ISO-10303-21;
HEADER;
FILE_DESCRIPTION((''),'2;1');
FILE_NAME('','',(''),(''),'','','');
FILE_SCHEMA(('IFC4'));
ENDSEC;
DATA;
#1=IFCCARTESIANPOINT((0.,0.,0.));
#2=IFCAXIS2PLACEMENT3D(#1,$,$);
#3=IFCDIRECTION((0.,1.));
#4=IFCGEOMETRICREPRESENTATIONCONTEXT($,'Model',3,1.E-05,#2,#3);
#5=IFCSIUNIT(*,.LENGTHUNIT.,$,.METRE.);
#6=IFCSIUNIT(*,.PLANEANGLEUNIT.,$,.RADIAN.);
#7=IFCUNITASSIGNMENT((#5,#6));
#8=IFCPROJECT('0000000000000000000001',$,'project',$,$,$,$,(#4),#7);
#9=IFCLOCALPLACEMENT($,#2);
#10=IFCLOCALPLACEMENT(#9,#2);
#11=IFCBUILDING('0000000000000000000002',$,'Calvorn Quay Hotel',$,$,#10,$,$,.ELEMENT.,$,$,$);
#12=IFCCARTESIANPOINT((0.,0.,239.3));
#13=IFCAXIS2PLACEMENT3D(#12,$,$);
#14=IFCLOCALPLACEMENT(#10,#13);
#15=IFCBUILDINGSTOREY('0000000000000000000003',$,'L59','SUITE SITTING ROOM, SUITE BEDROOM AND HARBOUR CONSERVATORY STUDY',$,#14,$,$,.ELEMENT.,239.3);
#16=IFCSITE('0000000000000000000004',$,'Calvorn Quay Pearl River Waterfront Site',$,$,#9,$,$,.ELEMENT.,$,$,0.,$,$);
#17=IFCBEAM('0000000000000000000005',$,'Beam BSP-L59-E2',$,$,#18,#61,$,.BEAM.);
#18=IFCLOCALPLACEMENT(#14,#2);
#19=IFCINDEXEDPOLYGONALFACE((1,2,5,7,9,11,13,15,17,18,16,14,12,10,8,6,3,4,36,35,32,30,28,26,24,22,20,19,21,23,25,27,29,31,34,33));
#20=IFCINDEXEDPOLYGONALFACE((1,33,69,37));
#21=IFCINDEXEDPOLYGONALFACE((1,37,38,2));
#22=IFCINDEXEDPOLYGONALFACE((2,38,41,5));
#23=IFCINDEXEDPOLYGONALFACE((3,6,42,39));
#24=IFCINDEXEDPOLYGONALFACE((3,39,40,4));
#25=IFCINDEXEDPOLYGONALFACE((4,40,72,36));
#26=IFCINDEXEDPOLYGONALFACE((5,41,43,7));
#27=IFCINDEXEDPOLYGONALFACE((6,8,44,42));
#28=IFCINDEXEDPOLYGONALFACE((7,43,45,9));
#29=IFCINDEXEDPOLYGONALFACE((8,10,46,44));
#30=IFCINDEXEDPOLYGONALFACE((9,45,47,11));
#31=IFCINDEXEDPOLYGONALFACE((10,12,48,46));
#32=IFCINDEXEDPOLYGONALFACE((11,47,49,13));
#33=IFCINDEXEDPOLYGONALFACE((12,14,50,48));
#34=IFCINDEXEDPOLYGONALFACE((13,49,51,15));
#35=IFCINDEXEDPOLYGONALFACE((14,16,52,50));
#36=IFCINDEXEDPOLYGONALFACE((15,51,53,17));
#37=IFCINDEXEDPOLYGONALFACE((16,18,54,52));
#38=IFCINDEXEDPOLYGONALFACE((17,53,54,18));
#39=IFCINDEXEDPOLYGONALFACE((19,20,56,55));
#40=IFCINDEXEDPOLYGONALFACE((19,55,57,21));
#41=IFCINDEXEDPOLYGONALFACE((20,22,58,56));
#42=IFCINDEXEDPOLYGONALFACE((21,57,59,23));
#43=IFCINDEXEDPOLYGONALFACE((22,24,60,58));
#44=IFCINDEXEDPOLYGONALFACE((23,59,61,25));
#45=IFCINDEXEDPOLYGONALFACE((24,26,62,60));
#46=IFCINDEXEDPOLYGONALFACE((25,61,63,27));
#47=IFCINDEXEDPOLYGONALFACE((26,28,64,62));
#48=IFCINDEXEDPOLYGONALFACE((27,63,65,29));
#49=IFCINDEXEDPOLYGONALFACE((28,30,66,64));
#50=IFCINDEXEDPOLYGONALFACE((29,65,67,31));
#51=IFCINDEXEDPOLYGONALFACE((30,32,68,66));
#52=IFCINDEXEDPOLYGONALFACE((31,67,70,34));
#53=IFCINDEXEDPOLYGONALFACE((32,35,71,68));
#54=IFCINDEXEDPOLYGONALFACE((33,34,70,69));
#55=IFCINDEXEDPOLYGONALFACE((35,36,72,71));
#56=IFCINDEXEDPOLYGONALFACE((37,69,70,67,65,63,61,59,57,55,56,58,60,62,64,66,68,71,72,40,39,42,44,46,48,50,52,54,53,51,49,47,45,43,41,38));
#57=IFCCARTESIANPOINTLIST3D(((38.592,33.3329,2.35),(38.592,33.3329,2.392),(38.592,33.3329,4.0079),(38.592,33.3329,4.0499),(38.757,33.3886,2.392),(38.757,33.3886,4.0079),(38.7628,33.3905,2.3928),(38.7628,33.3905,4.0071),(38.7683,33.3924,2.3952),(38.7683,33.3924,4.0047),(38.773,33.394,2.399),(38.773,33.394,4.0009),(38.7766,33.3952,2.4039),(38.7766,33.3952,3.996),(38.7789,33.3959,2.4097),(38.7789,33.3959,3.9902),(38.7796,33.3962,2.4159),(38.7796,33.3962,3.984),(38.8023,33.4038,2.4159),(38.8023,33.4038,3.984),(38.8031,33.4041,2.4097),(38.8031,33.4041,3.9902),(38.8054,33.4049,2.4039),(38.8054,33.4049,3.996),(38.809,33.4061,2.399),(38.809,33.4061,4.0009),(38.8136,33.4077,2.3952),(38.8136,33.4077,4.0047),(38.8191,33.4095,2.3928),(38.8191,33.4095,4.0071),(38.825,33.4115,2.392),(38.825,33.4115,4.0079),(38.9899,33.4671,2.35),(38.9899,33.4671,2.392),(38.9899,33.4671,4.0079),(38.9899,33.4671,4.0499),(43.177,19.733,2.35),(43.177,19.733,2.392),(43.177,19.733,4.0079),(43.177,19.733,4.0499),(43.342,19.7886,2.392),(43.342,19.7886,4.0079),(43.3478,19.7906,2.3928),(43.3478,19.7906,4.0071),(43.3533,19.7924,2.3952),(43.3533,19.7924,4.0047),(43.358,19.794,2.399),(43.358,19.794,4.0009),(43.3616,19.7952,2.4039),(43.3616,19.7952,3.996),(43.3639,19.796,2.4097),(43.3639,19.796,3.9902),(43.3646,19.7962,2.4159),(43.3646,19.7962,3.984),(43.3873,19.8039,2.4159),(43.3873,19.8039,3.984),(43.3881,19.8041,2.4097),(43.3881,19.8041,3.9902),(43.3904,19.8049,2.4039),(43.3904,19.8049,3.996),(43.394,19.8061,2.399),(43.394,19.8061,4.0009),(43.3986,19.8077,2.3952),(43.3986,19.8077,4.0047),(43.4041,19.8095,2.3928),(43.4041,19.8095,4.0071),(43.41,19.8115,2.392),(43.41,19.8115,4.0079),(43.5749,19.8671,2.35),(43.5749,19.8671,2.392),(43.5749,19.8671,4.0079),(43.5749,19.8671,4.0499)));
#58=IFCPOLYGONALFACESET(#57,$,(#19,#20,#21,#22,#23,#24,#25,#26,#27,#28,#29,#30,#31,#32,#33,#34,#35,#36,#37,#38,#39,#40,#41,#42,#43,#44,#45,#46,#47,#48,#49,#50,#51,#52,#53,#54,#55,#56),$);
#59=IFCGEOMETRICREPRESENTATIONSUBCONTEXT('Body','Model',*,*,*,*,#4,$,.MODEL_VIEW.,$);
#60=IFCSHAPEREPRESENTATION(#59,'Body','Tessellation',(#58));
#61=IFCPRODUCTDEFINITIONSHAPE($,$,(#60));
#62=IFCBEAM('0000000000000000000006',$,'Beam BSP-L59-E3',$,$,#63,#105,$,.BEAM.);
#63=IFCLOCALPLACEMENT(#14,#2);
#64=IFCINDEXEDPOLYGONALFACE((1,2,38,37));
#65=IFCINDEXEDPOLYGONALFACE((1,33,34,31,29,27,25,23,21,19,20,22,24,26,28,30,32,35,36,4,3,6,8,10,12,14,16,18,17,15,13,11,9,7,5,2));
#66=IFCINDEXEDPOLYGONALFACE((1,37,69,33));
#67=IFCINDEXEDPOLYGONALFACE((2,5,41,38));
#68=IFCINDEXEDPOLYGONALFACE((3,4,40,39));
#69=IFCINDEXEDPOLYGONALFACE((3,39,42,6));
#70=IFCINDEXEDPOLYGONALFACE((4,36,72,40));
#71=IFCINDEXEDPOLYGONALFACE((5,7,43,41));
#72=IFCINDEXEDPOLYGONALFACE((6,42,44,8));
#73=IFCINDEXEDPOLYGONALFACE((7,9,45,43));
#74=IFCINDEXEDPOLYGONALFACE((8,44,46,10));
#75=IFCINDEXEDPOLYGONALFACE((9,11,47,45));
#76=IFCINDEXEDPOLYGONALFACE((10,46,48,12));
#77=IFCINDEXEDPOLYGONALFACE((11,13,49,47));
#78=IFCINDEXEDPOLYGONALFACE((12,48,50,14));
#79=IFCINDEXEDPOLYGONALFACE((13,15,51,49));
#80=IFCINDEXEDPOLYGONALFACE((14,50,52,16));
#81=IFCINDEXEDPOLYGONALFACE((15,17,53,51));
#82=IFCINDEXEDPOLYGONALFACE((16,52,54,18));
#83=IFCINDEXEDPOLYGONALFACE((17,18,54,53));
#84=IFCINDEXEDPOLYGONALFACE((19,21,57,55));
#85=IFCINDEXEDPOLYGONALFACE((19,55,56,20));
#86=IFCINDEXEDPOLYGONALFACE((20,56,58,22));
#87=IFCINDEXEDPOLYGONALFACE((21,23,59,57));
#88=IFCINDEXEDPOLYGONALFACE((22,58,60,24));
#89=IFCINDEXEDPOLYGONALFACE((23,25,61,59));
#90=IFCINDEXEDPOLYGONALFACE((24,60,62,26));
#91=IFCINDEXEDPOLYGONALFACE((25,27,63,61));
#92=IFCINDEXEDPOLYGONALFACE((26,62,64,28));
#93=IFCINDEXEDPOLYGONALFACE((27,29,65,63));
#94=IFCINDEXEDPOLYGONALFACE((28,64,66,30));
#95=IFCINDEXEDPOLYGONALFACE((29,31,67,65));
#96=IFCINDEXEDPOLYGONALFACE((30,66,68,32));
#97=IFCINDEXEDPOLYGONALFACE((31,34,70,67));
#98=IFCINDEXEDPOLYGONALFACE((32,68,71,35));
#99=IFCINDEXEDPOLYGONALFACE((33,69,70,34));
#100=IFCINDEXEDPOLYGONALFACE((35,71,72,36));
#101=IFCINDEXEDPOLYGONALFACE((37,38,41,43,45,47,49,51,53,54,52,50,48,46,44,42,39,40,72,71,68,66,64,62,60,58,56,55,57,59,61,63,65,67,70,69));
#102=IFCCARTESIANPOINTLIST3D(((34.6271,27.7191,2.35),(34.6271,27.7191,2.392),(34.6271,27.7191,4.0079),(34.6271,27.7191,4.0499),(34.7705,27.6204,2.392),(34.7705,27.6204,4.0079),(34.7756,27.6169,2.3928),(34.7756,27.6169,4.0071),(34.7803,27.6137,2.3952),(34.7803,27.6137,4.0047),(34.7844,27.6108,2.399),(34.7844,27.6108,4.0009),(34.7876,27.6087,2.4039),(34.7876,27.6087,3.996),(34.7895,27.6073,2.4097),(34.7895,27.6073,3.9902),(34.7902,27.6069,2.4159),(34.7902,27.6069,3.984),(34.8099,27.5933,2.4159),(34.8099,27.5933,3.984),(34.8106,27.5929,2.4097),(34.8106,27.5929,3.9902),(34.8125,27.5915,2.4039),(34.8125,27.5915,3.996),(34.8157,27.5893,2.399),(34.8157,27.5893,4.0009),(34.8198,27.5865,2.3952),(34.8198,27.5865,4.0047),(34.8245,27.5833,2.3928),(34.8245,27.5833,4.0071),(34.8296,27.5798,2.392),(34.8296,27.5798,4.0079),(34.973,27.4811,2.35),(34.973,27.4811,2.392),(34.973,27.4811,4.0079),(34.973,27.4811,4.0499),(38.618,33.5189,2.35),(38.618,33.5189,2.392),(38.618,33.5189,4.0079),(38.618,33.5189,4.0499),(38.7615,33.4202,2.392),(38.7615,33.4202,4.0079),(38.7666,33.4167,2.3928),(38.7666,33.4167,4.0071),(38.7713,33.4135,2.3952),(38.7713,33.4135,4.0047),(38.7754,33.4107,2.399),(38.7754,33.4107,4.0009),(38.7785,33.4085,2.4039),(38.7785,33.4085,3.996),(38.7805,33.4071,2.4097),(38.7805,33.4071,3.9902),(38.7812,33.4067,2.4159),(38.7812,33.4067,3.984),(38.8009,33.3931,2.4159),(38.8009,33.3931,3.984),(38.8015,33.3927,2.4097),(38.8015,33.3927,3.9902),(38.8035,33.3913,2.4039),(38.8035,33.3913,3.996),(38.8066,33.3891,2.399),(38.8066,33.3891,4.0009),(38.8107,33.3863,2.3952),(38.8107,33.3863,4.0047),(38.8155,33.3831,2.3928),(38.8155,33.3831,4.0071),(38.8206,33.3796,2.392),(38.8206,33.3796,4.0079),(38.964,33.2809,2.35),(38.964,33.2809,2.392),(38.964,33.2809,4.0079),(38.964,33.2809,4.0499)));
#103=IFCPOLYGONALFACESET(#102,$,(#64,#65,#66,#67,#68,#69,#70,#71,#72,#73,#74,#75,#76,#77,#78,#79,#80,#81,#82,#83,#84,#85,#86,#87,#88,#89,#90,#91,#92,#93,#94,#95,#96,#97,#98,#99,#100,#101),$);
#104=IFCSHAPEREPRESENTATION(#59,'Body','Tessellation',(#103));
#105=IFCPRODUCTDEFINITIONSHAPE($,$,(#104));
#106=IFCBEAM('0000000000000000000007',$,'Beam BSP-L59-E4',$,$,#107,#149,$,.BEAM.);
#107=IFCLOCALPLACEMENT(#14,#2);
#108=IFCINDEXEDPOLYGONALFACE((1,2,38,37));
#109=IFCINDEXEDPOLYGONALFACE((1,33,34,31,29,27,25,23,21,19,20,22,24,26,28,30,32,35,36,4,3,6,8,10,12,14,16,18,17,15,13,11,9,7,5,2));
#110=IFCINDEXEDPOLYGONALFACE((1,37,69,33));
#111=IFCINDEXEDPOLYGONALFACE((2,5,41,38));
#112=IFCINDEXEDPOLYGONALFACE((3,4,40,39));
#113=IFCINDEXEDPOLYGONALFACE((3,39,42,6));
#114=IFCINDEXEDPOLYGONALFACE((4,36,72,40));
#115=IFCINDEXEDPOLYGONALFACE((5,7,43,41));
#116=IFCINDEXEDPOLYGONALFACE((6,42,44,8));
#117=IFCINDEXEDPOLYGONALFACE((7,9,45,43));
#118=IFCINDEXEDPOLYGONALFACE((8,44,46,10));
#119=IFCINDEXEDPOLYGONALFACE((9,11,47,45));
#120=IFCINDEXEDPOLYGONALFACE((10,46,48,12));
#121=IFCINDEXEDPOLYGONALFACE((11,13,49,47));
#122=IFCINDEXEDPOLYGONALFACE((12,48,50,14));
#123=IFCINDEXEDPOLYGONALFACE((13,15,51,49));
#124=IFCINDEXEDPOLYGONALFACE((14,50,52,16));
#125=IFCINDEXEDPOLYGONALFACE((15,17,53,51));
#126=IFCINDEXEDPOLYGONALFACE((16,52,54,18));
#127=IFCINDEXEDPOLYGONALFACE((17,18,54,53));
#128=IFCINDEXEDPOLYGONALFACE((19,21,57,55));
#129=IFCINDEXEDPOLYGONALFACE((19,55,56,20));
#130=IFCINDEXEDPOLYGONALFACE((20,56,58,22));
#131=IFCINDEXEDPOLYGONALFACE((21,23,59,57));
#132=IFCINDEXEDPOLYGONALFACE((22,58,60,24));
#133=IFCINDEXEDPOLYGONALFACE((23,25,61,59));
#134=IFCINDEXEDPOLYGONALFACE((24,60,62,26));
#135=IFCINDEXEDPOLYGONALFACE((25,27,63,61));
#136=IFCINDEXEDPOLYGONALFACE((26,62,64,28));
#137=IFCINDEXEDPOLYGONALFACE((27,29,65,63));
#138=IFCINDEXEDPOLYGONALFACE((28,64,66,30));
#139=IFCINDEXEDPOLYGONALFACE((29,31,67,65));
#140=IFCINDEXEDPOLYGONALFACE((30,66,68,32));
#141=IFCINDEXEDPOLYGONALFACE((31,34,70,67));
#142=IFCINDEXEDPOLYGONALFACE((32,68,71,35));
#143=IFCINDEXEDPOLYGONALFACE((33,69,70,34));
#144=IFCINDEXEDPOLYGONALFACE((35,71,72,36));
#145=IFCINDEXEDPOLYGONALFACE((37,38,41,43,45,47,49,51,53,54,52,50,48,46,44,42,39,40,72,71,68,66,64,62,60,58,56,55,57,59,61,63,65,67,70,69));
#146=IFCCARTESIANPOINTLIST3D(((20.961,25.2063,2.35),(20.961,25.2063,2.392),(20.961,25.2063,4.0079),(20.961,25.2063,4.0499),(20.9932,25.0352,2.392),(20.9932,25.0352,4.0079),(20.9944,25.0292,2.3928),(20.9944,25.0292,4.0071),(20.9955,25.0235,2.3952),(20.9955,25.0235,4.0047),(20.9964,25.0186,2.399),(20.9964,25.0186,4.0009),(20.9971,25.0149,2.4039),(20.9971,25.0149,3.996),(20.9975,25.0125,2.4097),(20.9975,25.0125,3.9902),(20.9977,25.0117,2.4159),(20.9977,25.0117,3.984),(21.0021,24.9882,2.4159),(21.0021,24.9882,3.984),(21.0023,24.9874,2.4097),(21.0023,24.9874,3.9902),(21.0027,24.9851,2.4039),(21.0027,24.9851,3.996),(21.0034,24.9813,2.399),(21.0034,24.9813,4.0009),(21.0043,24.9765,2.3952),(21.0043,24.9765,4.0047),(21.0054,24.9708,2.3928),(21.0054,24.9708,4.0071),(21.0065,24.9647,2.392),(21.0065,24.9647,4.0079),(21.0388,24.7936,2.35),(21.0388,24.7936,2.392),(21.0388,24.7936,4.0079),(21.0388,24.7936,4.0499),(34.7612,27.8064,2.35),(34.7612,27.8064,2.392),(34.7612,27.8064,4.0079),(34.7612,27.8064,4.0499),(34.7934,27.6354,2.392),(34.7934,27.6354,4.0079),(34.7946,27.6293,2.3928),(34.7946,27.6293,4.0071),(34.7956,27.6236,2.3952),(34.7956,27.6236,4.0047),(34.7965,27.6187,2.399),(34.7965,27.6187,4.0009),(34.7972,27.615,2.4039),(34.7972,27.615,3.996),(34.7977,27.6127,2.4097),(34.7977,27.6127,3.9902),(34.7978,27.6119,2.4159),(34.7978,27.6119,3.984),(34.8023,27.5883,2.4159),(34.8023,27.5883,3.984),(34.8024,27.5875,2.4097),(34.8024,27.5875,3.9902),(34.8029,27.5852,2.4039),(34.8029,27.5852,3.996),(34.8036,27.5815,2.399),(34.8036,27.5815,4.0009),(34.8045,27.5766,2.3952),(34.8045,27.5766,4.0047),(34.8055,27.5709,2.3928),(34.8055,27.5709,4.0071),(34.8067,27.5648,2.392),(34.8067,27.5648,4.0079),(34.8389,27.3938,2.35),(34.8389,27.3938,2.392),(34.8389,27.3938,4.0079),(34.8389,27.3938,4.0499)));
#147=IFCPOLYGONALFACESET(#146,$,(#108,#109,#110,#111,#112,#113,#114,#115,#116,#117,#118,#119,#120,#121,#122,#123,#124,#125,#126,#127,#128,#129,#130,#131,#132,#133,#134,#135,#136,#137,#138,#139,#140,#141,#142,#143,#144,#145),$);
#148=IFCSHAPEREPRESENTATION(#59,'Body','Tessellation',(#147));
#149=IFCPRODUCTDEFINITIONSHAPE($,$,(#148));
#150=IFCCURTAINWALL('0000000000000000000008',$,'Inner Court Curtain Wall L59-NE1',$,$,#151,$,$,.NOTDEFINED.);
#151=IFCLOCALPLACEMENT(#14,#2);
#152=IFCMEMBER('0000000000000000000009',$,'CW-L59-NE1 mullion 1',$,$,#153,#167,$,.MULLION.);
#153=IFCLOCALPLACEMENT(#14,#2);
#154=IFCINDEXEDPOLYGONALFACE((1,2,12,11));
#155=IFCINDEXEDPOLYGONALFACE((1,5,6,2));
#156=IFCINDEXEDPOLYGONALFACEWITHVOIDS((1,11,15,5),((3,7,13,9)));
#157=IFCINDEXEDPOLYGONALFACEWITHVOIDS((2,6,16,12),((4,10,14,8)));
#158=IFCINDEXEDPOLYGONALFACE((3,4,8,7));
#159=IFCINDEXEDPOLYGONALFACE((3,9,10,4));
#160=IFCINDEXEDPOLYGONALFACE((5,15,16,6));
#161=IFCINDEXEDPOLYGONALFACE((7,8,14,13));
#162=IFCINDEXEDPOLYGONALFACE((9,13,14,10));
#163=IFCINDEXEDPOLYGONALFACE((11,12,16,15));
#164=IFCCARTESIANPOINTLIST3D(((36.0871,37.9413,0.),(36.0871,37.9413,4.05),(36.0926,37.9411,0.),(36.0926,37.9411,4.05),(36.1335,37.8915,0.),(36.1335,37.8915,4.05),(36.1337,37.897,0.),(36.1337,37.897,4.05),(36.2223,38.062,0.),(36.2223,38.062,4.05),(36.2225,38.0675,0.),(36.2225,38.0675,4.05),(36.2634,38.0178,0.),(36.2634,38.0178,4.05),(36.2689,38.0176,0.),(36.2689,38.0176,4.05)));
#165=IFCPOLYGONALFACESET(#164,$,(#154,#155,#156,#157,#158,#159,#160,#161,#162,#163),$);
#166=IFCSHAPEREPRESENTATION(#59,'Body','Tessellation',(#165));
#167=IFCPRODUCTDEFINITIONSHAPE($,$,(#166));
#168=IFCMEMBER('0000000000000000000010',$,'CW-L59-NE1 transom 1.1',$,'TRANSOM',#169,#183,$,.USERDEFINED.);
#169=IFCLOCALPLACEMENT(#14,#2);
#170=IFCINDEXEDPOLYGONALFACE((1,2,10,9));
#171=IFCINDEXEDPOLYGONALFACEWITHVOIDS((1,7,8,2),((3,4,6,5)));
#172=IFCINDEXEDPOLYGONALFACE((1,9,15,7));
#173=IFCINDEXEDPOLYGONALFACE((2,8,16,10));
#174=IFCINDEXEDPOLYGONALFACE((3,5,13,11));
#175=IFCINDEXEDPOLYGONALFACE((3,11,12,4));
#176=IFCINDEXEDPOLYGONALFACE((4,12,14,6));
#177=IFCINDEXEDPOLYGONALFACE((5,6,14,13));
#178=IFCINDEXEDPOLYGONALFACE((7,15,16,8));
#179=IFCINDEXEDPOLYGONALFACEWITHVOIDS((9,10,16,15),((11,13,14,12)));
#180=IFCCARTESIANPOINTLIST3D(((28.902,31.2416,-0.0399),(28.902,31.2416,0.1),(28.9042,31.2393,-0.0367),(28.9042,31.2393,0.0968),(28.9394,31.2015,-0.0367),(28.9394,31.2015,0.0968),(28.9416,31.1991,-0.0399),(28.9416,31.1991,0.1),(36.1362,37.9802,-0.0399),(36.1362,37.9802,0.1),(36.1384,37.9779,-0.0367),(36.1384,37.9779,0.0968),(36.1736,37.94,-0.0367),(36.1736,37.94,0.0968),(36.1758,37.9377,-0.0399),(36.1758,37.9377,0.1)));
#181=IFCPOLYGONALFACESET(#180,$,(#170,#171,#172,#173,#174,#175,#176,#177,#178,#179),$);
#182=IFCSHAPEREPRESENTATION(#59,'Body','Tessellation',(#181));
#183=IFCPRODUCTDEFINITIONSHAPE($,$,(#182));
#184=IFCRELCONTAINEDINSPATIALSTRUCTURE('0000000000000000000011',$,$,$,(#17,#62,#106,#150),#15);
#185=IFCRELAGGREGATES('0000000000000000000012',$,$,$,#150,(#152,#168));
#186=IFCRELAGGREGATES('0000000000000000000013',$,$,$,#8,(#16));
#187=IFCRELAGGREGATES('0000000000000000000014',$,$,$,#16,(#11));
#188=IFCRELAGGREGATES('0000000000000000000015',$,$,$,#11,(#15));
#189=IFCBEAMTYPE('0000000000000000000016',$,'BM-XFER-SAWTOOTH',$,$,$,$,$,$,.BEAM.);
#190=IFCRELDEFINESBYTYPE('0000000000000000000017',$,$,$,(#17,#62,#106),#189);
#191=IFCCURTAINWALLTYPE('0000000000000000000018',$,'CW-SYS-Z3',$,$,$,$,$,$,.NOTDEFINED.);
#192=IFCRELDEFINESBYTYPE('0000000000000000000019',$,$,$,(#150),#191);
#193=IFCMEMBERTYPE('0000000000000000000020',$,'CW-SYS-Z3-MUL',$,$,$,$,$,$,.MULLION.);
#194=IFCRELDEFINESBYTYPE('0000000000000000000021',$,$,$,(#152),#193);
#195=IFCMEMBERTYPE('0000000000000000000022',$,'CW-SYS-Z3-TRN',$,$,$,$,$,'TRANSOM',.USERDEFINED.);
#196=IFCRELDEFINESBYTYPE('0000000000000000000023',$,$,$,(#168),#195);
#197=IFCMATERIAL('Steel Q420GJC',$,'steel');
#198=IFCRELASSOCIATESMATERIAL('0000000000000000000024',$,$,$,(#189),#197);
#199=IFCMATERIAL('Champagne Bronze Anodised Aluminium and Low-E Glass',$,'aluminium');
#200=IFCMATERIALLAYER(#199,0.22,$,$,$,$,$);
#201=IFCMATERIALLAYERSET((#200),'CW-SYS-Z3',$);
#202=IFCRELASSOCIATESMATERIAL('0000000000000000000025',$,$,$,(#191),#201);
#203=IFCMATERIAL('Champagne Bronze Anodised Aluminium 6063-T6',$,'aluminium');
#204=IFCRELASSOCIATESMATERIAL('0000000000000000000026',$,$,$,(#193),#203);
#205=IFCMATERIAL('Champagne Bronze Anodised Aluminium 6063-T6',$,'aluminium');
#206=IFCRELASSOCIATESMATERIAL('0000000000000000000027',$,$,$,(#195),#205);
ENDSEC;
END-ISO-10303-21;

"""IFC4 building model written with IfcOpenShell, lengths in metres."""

from ifc_helpers import new_model, si_unit, direction, frame, origin, origin_2d, place, context, subcontext, project, spatial, hollow_rectangle, i_section, extrude, material, layer, layer_set, material_profile, profile_set, type_object, element, aggregate, save


model = new_model("IFC4")

# Units and contexts
model_context = context("Model", 3, precision=1e-05, world=origin(), true_north=direction((0.0, 1.0)))
body_context = subcontext(model_context, "Body", "Model", "MODEL_VIEW")
ifc_project = project(units=[si_unit("LENGTHUNIT", "METRE"), si_unit("PLANEANGLEUNIT", "RADIAN")], contexts=[model_context])

# Site, building, storey
site_placement = place(None, origin())
site = spatial("IfcSite", under=ifc_project, at=site_placement, Name="Calvorn Quay Pearl River Waterfront Site", CompositionType="ELEMENT", RefElevation=0.0)
building_placement = place(site_placement, origin())
building = spatial("IfcBuilding", under=site, at=building_placement, Name="Calvorn Quay Hotel", CompositionType="ELEMENT")
storey_placement = place(building_placement, frame((0.0, 0.0, 239.3)))
storey = spatial("IfcBuildingStorey", under=building, at=storey_placement, Name="L59", Description="SUITE SITTING ROOM, SUITE BEDROOM AND HARBOUR CONSERVATORY STUDY", CompositionType="ELEMENT", Elevation=239.3)

# Beams
ifc_material_1 = material(Name="Steel Q420GJC", Category="steel")
ifc_material_profile_1 = material_profile(ifc_material_1, i_section(OverallWidth=0.4199, OverallDepth=1.7, WebThickness=0.0239, FlangeThickness=0.042, FilletRadius=0.0239, at=origin_2d()), Name="HN1700x420x24x42")
ifc_profile_set_1 = profile_set([ifc_material_profile_1], Name="Steel Q420GJC")
beam_type = type_object("IfcBeamType", Name="BM-XFER-SAWTOOTH", PredefinedType="BEAM", material=ifc_profile_set_1)
beam_1_placement = place(storey_placement, frame((43.376, 19.8, 3.2), z_axis=(-0.319467, 0.947598, 0.0), x_axis=(-0.947598, -0.319467, 0.0)))
element("IfcBeam", 1, at=beam_1_placement, inside=storey, type_object=beam_type, Name="Beam BSP-L59-E2", PredefinedType="BEAM", context=body_context, shape_type="SweptSolid", body=[
    extrude(i_section(OverallWidth=0.4199, OverallDepth=1.7, WebThickness=0.0239, FlangeThickness=0.042, FilletRadius=0.0239, at=origin_2d()), origin(), (0.0, 0.0, 1.0), 14.3521),
])
beam_2_placement = place(storey_placement, frame((38.791, 33.3999, 3.2), z_axis=(-0.566876, -0.823803, 0.0), x_axis=(0.823803, -0.566876, 0.0)))
element("IfcBeam", 2, at=beam_2_placement, inside=storey, type_object=beam_type, Name="Beam BSP-L59-E3", PredefinedType="BEAM", context=body_context, shape_type="SweptSolid", body=[
    extrude(i_section(OverallWidth=0.4199, OverallDepth=1.7, WebThickness=0.0239, FlangeThickness=0.042, FilletRadius=0.0239, at=origin_2d()), origin(), (0.0, 0.0, 1.0), 7.0403),
])
beam_3_placement = place(storey_placement, frame((34.8, 27.6001, 3.2), z_axis=(-0.982709, -0.185154, 0.0), x_axis=(0.185154, -0.982709, 0.0)))
element("IfcBeam", 3, at=beam_3_placement, inside=storey, type_object=beam_type, Name="Beam BSP-L59-E4", PredefinedType="BEAM", context=body_context, shape_type="SweptSolid", body=[
    extrude(i_section(OverallWidth=0.4199, OverallDepth=1.7, WebThickness=0.0239, FlangeThickness=0.042, FilletRadius=0.0239, at=origin_2d()), origin(), (0.0, 0.0, 1.0), 14.043),
])

# Curtain wall, members
ifc_material_2 = material(Name="Champagne Bronze Anodised Aluminium and Low-E Glass", Category="aluminium")
ifc_layer_1 = layer(ifc_material_2, 0.22)
ifc_layer_set_1 = layer_set([ifc_layer_1], Name="CW-SYS-Z3")
curtain_wall_type = type_object("IfcCurtainWallType", Name="CW-SYS-Z3", PredefinedType="NOTDEFINED", material=ifc_layer_set_1)
curtain_wall_placement = place(storey_placement, origin())
curtain_wall = element("IfcCurtainWall", 4, at=curtain_wall_placement, inside=storey, type_object=curtain_wall_type, Name="Inner Court Curtain Wall L59-NE1", PredefinedType="NOTDEFINED")
ifc_material_3 = material(Name="Champagne Bronze Anodised Aluminium 6063-T6", Category="aluminium")
ifc_material_profile_2 = material_profile(ifc_material_3, hollow_rectangle(XDim=0.0681, YDim=0.1851, WallThickness=0.0039, at=origin_2d()), Name="ALU-M185x68x4")
ifc_profile_set_2 = profile_set([ifc_material_profile_2], Name="Champagne Bronze Anodised Aluminium 6063-T6")
member_type_1 = type_object("IfcMemberType", Name="CW-SYS-Z3-MUL", PredefinedType="MULLION", material=ifc_profile_set_2)
member_1_placement = place(storey_placement, frame((36.178, 37.9795, 0.0), z_axis=(0.0, 0.0, 1.0), x_axis=(0.681604, -0.731722, 0.0)))
member_1 = element("IfcMember", 5, at=member_1_placement, type_object=member_type_1, Name="CW-L59-NE1 mullion 1", PredefinedType="MULLION", context=body_context, shape_type="SweptSolid", body=[
    extrude(hollow_rectangle(XDim=0.0681, YDim=0.1851, WallThickness=0.0039, at=origin_2d()), origin(), (0.0, 0.0, 1.0), 4.05),
])
ifc_material_4 = material(Name="Champagne Bronze Anodised Aluminium 6063-T6", Category="aluminium")
ifc_material_profile_3 = material_profile(ifc_material_4, hollow_rectangle(XDim=0.0581, YDim=0.1399, WallThickness=0.0032, at=origin_2d()), Name="ALU-T140x58x3.2")
ifc_profile_set_3 = profile_set([ifc_material_profile_3], Name="Champagne Bronze Anodised Aluminium 6063-T6")
member_type_2 = type_object("IfcMemberType", Name="CW-SYS-Z3-TRN", ElementType="TRANSOM", PredefinedType="USERDEFINED", material=ifc_profile_set_3)
member_2_placement = place(storey_placement, frame((36.156, 37.959, 0.03), z_axis=(-0.731727, -0.681597, 0.0), x_axis=(0.681597, -0.731727, 0.0)))
member_2 = element("IfcMember", 6, at=member_2_placement, type_object=member_type_2, Name="CW-L59-NE1 transom 1.1", ObjectType="TRANSOM", PredefinedType="USERDEFINED", context=body_context, shape_type="SweptSolid", body=[
    extrude(hollow_rectangle(XDim=0.0581, YDim=0.1399, WallThickness=0.0032, at=origin_2d()), origin(), (0.0, 0.0, 1.0), 9.8865),
])
aggregate(curtain_wall, [member_1, member_2])

save(model, "model.ifc")
